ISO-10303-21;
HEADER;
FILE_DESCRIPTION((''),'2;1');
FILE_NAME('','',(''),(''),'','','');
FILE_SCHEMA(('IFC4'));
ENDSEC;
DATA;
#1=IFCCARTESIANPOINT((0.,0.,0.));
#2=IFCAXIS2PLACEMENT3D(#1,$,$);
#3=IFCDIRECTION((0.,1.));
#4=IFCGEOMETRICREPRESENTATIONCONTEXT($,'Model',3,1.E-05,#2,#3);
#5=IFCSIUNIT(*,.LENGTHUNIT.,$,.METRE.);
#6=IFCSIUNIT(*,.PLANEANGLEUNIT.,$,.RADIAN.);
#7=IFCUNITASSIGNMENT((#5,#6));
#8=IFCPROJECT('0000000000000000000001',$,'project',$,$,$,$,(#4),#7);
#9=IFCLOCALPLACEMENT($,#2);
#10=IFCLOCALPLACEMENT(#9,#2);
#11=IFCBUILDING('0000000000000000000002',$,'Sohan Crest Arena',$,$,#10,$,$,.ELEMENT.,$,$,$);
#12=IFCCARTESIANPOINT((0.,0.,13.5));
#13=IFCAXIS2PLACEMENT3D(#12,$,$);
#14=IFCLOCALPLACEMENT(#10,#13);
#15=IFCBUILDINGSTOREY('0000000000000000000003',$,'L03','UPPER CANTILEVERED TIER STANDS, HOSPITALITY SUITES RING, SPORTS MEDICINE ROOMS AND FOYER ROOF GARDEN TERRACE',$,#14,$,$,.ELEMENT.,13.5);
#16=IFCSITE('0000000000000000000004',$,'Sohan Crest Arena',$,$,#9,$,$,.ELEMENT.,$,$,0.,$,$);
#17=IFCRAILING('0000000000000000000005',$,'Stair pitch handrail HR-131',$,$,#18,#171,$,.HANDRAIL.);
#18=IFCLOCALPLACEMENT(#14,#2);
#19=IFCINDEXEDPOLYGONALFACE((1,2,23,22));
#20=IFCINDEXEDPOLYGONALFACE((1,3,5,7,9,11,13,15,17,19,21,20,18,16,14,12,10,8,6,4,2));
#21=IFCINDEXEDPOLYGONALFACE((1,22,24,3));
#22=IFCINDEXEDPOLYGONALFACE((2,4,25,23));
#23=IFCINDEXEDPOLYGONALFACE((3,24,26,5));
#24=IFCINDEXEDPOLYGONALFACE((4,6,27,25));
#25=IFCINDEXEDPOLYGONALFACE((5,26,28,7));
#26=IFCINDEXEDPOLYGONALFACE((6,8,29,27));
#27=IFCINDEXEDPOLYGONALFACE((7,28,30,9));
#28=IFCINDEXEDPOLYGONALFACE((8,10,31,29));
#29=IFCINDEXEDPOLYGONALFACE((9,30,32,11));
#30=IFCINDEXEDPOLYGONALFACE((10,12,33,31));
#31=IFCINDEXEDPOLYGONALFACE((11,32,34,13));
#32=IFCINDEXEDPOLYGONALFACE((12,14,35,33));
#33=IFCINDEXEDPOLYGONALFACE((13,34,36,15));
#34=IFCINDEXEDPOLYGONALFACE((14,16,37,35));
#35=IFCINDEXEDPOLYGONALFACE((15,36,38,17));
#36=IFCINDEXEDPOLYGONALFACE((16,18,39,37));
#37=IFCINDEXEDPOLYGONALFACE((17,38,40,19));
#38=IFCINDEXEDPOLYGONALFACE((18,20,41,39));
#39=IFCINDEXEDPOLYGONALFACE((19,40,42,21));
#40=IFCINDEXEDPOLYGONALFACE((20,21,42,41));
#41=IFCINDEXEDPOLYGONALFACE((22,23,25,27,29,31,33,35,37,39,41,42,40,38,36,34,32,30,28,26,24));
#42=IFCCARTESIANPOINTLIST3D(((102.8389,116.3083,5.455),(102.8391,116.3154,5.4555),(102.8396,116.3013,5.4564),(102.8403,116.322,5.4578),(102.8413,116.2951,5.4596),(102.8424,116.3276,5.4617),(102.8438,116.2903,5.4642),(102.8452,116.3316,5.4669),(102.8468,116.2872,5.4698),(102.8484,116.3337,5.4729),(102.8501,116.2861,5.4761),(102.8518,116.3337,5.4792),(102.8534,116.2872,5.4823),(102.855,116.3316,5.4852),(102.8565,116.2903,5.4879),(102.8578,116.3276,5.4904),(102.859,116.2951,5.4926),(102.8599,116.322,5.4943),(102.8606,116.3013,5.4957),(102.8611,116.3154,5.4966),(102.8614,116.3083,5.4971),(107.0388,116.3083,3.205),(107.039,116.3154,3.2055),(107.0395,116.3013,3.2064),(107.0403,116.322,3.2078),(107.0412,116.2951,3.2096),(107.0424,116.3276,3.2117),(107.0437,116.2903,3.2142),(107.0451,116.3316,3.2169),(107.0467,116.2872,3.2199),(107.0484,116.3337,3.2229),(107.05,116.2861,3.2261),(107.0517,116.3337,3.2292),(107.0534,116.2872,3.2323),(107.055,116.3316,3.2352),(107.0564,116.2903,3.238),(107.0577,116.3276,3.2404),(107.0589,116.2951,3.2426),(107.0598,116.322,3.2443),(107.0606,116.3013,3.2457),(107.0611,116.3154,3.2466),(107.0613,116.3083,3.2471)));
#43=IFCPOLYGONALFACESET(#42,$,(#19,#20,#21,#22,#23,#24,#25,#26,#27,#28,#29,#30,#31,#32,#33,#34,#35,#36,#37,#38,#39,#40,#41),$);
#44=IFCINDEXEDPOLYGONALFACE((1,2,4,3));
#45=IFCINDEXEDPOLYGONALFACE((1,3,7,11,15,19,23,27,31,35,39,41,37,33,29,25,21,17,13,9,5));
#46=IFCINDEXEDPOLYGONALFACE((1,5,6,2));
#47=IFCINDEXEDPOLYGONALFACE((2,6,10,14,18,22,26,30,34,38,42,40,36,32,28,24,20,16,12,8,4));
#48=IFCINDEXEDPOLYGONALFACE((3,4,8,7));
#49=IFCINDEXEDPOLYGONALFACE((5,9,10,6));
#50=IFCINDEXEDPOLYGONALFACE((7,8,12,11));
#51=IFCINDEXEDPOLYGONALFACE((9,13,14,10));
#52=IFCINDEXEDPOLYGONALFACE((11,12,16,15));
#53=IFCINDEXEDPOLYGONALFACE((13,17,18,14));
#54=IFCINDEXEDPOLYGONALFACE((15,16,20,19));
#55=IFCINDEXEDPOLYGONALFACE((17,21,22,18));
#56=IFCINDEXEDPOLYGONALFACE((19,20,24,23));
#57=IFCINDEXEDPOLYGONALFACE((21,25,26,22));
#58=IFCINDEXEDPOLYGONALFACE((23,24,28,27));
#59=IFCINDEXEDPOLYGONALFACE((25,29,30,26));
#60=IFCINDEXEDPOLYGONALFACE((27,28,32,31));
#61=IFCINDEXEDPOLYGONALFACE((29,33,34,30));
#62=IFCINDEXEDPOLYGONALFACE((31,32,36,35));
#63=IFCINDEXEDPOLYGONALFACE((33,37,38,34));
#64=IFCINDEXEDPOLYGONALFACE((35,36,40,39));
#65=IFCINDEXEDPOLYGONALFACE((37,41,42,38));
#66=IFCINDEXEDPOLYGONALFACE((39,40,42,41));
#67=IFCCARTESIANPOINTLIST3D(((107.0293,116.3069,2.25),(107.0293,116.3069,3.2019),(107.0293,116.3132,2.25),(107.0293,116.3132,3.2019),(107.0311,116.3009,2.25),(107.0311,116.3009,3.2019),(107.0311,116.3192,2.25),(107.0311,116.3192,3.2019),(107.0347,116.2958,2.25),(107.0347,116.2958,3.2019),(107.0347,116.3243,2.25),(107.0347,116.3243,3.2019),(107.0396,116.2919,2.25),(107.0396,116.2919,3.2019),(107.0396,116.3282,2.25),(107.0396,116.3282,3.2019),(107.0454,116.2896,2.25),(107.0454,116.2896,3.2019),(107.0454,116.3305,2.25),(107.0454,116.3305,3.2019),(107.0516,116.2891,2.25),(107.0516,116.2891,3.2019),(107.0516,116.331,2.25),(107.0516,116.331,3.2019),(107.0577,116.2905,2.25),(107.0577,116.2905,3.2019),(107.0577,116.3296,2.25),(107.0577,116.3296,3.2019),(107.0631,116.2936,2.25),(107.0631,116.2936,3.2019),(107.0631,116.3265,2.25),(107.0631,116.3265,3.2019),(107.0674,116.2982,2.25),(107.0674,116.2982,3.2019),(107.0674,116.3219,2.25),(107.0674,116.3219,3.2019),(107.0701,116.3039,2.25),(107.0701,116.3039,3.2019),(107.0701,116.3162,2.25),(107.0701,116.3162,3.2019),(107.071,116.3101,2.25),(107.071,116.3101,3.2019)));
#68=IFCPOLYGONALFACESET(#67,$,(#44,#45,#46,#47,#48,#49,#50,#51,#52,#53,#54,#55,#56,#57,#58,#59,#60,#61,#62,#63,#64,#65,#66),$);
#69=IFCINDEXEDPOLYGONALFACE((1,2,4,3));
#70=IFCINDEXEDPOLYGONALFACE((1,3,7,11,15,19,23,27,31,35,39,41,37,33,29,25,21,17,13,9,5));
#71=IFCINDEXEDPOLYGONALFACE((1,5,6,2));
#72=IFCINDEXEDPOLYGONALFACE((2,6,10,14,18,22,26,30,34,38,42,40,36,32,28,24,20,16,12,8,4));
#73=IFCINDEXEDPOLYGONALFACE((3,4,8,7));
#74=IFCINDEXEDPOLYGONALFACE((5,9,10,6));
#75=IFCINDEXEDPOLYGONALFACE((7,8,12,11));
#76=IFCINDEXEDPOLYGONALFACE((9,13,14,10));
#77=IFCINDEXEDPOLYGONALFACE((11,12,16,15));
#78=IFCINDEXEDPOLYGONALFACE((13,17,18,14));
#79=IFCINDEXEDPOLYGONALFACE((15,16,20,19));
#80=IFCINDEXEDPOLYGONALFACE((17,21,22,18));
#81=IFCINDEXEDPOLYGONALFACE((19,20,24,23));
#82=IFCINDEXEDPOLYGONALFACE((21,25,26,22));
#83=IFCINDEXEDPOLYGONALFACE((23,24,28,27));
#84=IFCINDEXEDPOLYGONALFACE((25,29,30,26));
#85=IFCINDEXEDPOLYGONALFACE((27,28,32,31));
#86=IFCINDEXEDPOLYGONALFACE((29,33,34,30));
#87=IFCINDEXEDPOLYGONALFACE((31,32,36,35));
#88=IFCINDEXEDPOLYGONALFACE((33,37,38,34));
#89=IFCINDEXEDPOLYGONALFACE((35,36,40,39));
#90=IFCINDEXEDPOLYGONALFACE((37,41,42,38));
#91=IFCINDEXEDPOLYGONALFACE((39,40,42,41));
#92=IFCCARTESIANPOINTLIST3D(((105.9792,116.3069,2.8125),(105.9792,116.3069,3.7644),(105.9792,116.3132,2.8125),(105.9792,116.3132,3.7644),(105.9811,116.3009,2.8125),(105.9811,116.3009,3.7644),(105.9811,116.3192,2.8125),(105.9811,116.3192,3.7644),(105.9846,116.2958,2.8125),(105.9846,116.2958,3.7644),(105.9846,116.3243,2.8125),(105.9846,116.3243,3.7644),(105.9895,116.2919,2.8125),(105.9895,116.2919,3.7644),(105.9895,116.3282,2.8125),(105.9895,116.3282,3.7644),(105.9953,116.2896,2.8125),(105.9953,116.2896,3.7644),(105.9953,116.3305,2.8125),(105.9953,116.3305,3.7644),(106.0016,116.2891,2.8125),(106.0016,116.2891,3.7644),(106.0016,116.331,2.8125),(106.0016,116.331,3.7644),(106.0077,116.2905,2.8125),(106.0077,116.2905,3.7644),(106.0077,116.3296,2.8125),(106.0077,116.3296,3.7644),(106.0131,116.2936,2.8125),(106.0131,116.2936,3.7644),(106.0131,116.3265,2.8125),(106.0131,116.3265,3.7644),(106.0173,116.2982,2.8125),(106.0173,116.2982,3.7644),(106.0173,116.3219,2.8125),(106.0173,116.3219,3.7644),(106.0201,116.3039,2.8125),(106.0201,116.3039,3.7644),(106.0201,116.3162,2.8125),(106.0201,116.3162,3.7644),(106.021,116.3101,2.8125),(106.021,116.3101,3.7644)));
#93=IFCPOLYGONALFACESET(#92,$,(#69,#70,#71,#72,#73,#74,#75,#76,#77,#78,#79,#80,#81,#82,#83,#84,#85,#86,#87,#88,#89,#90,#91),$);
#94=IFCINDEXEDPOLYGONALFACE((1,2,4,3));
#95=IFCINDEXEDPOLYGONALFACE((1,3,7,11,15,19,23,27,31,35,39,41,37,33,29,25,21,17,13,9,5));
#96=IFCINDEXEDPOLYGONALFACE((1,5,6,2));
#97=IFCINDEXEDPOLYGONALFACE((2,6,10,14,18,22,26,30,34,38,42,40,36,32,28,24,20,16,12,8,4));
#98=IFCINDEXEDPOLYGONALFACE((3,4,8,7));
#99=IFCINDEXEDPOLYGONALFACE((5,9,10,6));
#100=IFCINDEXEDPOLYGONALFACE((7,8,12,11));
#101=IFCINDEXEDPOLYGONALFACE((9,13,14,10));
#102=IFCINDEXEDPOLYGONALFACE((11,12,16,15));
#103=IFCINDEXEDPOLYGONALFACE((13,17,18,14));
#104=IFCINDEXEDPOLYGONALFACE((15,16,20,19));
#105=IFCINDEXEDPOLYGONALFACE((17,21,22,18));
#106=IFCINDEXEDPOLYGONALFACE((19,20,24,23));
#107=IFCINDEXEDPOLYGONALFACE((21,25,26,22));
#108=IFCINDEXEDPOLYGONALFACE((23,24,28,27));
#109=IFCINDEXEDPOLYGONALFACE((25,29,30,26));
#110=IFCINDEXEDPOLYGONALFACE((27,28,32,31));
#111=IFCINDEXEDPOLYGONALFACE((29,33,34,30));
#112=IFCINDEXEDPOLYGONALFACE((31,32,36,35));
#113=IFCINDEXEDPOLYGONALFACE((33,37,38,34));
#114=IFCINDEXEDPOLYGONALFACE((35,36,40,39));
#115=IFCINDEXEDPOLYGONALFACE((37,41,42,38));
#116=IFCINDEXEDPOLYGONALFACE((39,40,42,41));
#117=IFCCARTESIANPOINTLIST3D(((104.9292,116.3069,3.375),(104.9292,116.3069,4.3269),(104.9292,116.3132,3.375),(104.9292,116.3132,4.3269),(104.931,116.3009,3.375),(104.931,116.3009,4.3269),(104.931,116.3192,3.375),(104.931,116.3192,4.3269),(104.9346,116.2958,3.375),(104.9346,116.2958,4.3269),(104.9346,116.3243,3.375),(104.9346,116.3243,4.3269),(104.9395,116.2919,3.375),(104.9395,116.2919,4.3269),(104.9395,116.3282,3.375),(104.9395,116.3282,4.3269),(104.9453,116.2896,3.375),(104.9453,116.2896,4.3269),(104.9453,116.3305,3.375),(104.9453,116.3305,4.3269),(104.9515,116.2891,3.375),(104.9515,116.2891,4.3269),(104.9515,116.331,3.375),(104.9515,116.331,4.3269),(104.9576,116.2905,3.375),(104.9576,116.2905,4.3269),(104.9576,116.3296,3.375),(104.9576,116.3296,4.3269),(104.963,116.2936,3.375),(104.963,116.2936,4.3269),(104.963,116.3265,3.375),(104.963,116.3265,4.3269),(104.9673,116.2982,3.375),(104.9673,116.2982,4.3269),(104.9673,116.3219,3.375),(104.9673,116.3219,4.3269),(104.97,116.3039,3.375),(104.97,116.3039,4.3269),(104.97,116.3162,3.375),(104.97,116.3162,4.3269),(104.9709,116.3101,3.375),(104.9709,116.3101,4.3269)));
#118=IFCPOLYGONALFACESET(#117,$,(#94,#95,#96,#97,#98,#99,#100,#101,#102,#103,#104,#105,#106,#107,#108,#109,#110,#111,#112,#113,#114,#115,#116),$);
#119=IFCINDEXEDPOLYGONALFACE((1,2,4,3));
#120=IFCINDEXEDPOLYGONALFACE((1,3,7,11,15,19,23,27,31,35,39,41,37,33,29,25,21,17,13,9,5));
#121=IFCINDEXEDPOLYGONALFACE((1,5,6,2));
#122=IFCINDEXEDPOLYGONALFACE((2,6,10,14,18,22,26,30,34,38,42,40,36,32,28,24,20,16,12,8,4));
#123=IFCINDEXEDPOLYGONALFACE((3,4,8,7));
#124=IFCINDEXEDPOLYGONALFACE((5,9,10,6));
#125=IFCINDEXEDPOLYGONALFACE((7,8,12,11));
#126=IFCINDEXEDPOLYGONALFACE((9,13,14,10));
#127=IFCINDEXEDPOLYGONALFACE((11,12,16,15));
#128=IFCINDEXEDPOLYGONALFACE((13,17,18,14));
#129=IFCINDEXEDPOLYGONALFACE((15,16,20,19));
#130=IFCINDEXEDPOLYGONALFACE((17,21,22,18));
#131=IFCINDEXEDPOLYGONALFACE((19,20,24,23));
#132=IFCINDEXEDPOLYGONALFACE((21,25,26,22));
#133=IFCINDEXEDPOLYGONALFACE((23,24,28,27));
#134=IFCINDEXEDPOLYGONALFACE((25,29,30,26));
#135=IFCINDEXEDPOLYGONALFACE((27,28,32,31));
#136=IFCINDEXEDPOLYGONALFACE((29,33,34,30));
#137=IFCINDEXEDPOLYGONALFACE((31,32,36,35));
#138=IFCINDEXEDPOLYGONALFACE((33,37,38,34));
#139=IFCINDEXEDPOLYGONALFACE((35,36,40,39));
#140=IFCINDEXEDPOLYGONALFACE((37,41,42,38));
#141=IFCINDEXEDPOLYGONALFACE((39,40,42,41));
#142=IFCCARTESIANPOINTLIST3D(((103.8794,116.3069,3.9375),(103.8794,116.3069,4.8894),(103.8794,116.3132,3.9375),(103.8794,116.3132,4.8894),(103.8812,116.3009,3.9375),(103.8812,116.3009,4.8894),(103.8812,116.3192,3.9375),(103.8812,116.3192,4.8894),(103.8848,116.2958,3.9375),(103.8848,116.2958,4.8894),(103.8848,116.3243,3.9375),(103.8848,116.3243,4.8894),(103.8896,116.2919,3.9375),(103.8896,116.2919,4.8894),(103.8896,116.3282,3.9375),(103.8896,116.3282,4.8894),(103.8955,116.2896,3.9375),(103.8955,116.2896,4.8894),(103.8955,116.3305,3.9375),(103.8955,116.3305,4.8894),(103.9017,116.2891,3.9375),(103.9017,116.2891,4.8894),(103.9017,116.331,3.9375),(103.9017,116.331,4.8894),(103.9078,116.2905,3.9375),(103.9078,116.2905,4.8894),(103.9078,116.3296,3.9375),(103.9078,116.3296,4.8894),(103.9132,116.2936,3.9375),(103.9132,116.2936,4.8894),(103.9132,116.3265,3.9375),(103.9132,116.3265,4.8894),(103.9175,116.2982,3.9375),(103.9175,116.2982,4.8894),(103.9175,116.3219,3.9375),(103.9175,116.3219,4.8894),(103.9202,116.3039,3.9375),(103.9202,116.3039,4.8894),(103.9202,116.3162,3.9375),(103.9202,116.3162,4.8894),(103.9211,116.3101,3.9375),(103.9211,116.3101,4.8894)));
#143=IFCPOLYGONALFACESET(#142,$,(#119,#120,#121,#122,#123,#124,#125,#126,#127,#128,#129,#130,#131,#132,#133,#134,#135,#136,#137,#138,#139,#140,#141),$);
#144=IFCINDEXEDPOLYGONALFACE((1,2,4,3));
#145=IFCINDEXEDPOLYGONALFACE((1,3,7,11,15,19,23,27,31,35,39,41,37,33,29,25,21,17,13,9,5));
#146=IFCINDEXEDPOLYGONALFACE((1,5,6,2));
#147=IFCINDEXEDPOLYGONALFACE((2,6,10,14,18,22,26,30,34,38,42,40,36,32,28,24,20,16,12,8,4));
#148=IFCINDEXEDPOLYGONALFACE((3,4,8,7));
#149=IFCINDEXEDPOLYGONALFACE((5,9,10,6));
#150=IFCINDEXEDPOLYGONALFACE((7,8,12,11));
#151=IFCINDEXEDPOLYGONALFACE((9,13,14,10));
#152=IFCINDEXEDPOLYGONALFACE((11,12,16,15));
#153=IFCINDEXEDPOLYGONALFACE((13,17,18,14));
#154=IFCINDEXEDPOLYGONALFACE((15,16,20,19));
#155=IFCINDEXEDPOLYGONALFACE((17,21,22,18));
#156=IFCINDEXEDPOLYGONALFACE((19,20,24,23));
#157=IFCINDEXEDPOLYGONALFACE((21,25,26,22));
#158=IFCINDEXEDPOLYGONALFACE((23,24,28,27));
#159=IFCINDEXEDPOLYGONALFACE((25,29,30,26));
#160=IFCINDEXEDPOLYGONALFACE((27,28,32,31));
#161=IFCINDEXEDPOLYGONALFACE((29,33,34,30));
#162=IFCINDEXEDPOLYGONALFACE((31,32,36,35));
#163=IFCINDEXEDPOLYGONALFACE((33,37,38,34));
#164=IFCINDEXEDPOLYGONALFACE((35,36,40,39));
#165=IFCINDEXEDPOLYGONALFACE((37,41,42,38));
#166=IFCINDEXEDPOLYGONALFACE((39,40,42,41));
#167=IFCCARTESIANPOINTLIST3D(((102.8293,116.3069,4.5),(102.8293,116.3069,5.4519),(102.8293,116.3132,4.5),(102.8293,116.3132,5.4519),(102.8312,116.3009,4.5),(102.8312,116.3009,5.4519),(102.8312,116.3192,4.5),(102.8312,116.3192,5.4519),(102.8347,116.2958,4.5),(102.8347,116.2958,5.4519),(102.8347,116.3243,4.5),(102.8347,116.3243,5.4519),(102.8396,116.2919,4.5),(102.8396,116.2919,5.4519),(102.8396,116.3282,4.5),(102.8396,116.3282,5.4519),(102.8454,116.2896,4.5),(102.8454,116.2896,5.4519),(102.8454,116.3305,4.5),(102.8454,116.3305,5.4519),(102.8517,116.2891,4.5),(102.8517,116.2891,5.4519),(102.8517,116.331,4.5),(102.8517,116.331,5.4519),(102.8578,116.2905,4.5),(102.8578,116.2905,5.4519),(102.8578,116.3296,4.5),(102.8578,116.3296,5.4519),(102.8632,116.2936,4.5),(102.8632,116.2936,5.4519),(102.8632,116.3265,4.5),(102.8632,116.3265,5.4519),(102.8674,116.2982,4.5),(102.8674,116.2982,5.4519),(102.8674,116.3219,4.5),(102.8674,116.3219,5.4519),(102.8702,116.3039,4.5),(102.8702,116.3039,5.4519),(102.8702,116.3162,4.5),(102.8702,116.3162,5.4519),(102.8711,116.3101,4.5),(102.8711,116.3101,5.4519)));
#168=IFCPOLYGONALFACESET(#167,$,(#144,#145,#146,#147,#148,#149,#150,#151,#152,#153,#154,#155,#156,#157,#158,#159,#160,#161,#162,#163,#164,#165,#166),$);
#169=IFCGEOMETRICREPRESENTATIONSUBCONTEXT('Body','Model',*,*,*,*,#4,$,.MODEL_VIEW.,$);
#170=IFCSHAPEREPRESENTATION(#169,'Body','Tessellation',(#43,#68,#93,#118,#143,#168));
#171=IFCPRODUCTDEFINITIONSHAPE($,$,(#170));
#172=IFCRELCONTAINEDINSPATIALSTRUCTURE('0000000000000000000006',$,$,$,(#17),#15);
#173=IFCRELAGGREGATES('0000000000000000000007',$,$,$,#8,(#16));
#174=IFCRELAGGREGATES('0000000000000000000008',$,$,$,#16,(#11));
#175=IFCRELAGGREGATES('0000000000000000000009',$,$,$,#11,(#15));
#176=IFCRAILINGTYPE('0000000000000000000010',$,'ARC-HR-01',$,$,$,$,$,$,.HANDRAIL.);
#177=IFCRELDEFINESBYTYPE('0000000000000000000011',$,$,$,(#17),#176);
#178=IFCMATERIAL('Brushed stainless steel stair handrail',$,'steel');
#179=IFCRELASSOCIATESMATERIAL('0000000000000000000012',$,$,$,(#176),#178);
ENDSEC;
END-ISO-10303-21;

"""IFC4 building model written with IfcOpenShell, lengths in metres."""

from ifc_helpers import new_model, si_unit, direction, frame, origin, origin_2d, place, context, subcontext, project, spatial, circle, extrude, material, type_object, element, save


model = new_model("IFC4")

# Units and contexts
model_context = context("Model", 3, precision=1e-05, world=origin(), true_north=direction((0.0, 1.0)))
body_context = subcontext(model_context, "Body", "Model", "MODEL_VIEW")
ifc_project = project(units=[si_unit("LENGTHUNIT", "METRE"), si_unit("PLANEANGLEUNIT", "RADIAN")], contexts=[model_context])

# Site, building, storey
site_placement = place(None, origin())
site = spatial("IfcSite", under=ifc_project, at=site_placement, Name="Sohan Crest Arena", CompositionType="ELEMENT", RefElevation=0.0)
building_placement = place(site_placement, origin())
building = spatial("IfcBuilding", under=site, at=building_placement, Name="Sohan Crest Arena", CompositionType="ELEMENT")
storey_placement = place(building_placement, frame((0.0, 0.0, 13.5)))
storey = spatial("IfcBuildingStorey", under=building, at=storey_placement, Name="L03", Description="UPPER CANTILEVERED TIER STANDS, HOSPITALITY SUITES RING, SPORTS MEDICINE ROOMS AND FOYER ROOF GARDEN TERRACE", CompositionType="ELEMENT", Elevation=13.5)

# Railing
ifc_material_1 = material(Name="Brushed stainless steel stair handrail", Category="steel")
railing_type_1 = type_object("IfcRailingType", Name="ARC-HR-01", PredefinedType="HANDRAIL", material=ifc_material_1)
railing_1_placement = place(storey_placement, frame((107.05, 116.3101, 2.25)))
element("IfcRailing", 1, at=railing_1_placement, inside=storey, type_object=railing_type_1, Name="Stair pitch handrail HR-131", PredefinedType="HANDRAIL", context=body_context, shape_type="SweptSolid", body=[
    extrude(circle(Radius=0.0239, at=origin_2d()), frame((0.0, 0.0, 0.9761), z_axis=(-0.881478, 0.0, 0.472226), x_axis=(0.0, -1.0, 0.0)), (0.0, 0.0, 1.0), 4.7646),
    extrude(circle(Radius=0.021, at=origin_2d()), origin(), (0.0, 0.0, 1.0), 0.9519),
    extrude(circle(Radius=0.021, at=origin_2d()), frame((-1.05, 0.0, 0.5625)), (0.0, 0.0, 1.0), 0.9519),
    extrude(circle(Radius=0.021, at=origin_2d()), frame((-2.1001, 0.0, 1.125)), (0.0, 0.0, 1.0), 0.9519),
    extrude(circle(Radius=0.021, at=origin_2d()), frame((-3.1499, 0.0, 1.6875)), (0.0, 0.0, 1.0), 0.9519),
    extrude(circle(Radius=0.021, at=origin_2d()), frame((-4.2, 0.0, 2.25)), (0.0, 0.0, 1.0), 0.9519),
])

save(model, "model.ifc")
